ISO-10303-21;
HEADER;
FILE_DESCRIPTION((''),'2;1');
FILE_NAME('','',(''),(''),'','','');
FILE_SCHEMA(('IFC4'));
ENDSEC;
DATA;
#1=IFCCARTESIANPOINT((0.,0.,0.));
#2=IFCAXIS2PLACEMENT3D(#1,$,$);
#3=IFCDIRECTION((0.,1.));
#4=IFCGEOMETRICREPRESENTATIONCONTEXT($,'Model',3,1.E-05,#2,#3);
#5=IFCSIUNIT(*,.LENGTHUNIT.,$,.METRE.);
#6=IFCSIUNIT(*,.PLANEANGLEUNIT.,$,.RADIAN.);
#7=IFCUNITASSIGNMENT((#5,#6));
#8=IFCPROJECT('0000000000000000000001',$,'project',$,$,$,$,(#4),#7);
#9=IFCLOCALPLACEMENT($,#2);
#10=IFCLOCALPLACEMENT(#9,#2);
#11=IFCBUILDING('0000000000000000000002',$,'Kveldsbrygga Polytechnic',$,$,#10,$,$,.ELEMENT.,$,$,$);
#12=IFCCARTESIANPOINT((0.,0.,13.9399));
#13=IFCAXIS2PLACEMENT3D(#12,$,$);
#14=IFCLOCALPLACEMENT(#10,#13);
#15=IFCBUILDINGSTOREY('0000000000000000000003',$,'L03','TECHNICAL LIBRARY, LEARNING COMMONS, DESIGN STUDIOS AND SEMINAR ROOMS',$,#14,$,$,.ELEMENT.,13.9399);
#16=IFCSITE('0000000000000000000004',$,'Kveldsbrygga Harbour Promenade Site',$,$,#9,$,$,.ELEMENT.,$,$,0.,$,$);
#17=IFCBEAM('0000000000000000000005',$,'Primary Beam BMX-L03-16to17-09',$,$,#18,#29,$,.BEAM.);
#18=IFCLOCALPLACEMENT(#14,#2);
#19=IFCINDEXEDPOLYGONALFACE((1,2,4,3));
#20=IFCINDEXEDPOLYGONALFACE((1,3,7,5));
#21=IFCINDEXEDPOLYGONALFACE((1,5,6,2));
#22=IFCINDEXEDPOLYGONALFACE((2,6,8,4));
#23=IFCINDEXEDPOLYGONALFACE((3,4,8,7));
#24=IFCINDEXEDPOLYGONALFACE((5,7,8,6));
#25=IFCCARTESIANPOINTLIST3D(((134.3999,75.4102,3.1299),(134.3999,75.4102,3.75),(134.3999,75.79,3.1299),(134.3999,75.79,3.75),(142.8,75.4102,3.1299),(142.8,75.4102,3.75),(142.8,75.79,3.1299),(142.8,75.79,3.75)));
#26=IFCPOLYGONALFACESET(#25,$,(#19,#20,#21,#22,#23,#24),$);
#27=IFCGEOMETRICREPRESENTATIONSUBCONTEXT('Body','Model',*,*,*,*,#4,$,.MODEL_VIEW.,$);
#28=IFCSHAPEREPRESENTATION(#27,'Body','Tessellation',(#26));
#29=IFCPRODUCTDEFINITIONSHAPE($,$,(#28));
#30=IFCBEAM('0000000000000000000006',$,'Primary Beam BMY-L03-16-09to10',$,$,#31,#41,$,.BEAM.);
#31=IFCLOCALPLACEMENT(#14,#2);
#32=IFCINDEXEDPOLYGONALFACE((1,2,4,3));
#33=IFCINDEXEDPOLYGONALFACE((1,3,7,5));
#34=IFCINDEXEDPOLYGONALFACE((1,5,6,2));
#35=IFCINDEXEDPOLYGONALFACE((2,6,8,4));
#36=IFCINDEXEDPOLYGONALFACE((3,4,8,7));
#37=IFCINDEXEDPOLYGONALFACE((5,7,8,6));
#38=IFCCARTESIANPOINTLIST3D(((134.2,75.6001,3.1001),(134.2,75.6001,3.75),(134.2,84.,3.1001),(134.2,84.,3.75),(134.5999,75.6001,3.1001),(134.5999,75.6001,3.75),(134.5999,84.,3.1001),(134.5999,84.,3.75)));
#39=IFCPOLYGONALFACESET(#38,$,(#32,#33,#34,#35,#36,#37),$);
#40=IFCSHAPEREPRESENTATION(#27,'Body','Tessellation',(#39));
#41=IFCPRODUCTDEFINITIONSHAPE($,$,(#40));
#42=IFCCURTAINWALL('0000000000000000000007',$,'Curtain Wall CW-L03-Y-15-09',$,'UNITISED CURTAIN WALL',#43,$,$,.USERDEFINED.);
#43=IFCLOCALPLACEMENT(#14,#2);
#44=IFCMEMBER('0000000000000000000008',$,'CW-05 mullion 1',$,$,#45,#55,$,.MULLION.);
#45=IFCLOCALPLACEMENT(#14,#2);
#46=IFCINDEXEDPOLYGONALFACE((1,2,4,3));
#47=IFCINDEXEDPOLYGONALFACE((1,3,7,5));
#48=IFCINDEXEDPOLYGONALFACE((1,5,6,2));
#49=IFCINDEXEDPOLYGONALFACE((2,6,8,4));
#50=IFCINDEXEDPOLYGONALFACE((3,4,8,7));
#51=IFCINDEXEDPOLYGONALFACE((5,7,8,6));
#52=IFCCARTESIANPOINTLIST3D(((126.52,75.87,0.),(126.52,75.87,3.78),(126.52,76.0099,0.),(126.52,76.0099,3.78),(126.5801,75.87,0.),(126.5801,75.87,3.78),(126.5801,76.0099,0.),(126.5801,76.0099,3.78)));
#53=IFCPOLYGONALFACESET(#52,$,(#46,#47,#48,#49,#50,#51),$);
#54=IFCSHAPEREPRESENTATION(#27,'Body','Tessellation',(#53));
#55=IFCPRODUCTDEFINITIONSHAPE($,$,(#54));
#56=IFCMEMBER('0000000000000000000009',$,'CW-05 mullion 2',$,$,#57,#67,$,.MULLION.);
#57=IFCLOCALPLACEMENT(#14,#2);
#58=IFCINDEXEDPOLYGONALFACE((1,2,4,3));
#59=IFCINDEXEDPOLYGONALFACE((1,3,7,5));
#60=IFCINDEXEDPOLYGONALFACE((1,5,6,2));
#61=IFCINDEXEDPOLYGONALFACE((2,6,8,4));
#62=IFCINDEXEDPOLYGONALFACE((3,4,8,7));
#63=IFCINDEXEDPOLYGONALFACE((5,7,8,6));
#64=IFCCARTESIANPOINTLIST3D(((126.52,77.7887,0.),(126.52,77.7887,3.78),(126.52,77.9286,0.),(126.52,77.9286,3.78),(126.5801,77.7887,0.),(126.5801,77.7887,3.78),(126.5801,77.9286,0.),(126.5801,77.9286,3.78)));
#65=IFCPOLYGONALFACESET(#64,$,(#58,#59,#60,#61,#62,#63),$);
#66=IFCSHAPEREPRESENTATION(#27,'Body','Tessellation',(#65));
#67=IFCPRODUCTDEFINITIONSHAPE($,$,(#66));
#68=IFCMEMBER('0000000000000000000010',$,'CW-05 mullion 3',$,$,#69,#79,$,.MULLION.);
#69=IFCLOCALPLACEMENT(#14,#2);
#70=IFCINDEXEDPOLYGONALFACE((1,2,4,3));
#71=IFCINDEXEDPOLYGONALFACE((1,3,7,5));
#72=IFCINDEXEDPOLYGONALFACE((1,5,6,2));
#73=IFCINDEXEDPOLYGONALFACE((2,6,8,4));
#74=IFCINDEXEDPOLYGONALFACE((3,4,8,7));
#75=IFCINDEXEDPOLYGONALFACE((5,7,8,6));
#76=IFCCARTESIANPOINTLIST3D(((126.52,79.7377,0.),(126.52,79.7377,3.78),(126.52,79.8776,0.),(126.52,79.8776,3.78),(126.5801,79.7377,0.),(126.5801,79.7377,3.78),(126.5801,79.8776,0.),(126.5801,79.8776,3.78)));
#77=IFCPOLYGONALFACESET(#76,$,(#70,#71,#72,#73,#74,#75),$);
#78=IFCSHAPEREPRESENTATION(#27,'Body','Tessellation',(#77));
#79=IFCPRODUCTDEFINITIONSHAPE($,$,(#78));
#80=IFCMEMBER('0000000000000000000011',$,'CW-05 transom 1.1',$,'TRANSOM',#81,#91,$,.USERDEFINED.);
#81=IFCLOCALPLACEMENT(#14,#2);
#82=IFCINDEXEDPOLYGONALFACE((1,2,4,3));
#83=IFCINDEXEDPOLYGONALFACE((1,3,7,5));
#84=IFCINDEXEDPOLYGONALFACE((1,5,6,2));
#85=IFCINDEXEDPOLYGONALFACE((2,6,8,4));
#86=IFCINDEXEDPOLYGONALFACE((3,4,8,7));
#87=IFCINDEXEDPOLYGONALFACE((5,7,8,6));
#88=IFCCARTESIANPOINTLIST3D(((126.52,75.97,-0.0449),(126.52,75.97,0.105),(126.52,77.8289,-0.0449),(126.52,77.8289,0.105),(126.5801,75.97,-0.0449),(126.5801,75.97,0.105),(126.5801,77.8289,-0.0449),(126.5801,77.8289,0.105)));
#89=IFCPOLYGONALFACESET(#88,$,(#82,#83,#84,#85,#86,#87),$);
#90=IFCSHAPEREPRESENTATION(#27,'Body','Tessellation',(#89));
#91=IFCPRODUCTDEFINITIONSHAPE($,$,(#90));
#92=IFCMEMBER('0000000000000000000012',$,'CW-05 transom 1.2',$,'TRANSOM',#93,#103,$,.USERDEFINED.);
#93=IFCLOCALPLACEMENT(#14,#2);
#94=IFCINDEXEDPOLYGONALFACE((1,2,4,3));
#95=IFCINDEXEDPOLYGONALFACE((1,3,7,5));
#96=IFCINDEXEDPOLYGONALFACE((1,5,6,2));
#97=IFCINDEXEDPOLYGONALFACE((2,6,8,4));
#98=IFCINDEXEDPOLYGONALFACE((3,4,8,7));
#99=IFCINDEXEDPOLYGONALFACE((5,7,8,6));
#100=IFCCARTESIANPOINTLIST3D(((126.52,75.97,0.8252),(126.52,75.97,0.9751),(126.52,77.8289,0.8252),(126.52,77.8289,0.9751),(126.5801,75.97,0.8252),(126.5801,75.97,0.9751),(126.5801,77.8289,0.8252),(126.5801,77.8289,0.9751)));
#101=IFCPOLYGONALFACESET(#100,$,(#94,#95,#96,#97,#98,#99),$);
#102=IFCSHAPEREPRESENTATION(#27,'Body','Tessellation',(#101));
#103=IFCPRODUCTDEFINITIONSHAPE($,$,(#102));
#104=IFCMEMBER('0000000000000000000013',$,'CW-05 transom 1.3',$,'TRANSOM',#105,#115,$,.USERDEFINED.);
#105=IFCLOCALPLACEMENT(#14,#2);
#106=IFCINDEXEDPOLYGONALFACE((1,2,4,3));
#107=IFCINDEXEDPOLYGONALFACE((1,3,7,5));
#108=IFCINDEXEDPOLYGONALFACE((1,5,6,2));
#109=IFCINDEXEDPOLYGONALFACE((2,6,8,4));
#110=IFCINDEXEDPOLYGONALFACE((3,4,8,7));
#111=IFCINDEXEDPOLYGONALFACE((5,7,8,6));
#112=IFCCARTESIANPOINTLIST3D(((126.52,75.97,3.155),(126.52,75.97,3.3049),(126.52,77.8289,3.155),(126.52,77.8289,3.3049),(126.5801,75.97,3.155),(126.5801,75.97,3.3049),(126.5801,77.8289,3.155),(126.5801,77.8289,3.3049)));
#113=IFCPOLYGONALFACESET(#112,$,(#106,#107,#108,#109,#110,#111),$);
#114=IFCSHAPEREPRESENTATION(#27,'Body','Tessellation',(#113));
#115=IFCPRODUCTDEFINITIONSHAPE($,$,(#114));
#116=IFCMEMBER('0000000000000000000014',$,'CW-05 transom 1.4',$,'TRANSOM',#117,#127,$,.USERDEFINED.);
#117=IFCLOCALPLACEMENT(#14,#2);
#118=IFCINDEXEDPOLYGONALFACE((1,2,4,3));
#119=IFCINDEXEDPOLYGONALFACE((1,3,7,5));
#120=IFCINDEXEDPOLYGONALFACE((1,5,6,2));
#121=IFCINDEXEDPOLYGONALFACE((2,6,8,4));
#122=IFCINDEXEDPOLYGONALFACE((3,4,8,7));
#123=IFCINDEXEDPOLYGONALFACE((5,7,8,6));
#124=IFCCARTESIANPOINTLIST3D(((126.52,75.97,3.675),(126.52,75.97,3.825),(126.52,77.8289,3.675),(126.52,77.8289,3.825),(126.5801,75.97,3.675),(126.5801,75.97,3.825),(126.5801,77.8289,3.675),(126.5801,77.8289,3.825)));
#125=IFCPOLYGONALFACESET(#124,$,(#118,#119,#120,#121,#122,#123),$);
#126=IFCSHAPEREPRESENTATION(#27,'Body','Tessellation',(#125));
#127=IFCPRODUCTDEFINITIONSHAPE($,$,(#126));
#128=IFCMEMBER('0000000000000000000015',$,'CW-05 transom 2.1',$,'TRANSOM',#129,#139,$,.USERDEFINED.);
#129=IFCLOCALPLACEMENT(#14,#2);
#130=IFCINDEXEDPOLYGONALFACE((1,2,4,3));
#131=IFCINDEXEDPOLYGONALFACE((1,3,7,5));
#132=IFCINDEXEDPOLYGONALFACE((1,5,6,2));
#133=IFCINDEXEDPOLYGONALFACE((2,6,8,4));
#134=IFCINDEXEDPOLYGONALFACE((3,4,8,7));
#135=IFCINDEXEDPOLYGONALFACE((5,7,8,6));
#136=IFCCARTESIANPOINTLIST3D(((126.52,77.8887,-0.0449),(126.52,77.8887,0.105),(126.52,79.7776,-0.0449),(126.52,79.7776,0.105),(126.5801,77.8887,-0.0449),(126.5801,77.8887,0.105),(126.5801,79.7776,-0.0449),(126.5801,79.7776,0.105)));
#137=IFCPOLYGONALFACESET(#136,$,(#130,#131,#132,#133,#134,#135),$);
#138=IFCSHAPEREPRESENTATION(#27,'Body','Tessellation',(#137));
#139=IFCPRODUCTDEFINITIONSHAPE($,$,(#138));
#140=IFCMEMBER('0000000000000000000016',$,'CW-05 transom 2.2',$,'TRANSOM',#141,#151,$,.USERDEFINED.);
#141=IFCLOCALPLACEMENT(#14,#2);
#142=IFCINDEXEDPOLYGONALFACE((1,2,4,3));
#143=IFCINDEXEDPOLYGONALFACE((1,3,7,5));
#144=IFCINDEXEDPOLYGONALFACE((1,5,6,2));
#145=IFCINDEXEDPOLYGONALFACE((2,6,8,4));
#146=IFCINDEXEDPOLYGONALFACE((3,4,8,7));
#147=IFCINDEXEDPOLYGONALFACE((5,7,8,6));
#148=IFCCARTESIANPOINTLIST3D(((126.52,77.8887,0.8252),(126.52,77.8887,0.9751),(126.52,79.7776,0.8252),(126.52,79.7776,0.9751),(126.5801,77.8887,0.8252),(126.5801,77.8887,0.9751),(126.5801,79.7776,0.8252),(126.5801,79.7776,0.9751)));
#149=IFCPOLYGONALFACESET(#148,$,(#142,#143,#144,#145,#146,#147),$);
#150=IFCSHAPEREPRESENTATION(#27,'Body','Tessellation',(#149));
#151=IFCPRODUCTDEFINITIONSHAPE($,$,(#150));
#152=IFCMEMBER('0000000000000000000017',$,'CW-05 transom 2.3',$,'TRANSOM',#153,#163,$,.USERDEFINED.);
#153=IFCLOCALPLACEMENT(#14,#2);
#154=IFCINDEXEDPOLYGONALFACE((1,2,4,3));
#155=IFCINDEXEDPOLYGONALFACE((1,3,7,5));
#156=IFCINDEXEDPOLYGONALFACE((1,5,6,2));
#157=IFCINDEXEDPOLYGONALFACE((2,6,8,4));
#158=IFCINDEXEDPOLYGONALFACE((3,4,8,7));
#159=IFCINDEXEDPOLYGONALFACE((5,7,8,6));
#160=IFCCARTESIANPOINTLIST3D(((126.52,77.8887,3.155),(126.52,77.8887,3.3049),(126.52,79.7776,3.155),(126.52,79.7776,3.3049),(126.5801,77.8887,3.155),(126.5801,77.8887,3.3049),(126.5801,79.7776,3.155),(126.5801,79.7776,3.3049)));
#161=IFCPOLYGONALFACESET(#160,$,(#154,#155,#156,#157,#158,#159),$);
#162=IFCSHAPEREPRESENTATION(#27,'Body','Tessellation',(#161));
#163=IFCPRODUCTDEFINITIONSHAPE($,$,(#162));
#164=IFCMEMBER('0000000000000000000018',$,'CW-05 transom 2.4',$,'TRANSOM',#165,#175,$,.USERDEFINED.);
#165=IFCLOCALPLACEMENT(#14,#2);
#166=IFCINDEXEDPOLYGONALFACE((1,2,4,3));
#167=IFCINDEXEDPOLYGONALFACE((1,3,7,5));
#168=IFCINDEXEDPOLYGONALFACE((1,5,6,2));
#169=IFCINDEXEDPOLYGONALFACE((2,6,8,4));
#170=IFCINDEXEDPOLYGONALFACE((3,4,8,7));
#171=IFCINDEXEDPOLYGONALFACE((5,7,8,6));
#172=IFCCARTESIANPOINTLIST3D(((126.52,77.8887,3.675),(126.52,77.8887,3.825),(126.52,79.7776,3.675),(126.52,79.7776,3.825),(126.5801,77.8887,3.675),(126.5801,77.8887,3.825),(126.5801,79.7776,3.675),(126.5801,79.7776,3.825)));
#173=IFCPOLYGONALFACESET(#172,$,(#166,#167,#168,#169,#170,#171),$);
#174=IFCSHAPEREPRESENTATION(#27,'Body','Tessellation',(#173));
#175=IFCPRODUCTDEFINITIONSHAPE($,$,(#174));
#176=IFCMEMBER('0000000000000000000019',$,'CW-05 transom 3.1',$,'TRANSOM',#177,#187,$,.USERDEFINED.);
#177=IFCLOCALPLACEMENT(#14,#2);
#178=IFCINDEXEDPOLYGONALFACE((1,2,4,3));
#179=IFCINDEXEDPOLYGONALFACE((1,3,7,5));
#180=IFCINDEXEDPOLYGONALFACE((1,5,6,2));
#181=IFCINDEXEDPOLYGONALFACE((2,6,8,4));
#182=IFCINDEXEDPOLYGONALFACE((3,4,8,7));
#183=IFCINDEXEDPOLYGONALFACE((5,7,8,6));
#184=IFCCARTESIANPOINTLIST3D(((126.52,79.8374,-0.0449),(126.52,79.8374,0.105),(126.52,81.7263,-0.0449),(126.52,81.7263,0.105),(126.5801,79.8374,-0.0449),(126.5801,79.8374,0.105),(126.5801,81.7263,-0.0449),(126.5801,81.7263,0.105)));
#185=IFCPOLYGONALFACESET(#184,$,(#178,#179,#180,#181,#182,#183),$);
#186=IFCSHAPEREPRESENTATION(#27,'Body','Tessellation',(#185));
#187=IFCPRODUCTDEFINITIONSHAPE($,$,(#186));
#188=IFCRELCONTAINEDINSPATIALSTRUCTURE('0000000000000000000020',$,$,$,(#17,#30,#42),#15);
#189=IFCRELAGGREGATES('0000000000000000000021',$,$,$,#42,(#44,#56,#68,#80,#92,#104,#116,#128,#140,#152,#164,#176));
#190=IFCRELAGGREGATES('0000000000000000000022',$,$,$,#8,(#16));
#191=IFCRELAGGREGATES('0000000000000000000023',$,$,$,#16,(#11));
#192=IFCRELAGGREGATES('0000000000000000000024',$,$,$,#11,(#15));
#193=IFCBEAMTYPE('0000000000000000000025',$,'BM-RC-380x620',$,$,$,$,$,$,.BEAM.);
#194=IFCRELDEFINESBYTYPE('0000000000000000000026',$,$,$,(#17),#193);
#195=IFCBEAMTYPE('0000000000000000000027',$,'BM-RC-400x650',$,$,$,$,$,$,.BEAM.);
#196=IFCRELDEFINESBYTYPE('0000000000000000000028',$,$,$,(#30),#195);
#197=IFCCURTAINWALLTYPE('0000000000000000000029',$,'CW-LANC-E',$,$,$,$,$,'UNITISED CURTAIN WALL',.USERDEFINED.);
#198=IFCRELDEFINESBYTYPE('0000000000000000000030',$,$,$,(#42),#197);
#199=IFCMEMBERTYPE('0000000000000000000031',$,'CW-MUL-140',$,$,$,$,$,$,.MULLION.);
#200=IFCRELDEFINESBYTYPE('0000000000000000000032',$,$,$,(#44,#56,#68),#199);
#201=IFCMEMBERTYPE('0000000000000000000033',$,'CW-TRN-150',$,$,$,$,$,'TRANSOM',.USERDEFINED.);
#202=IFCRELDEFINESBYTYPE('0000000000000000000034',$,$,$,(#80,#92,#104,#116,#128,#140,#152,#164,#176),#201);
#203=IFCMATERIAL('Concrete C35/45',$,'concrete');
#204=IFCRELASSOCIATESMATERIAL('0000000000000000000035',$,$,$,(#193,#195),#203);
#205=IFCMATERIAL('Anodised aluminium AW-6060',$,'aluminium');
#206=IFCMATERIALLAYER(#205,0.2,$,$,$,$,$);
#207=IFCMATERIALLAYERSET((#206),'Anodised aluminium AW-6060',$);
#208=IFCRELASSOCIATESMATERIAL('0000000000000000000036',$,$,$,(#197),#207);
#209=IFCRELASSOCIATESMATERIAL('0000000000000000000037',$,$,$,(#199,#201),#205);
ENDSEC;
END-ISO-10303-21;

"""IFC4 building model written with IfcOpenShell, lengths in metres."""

from ifc_helpers import new_model, si_unit, direction, frame, origin, origin_2d, place, context, subcontext, project, spatial, rectangle, extrude, material, layer, layer_set, material_profile, profile_set, type_object, element, aggregate, save


model = new_model("IFC4")

# Units and contexts
model_context = context("Model", 3, precision=1e-05, world=origin(), true_north=direction((0.0, 1.0)))
body_context = subcontext(model_context, "Body", "Model", "MODEL_VIEW")
ifc_project = project(units=[si_unit("LENGTHUNIT", "METRE"), si_unit("PLANEANGLEUNIT", "RADIAN")], contexts=[model_context])

# Site, building, storey
site_placement = place(None, origin())
site = spatial("IfcSite", under=ifc_project, at=site_placement, Name="Kveldsbrygga Harbour Promenade Site", CompositionType="ELEMENT", RefElevation=0.0)
building_placement = place(site_placement, origin())
building = spatial("IfcBuilding", under=site, at=building_placement, Name="Kveldsbrygga Polytechnic", CompositionType="ELEMENT")
storey_placement = place(building_placement, frame((0.0, 0.0, 13.9399)))
storey = spatial("IfcBuildingStorey", under=building, at=storey_placement, Name="L03", Description="TECHNICAL LIBRARY, LEARNING COMMONS, DESIGN STUDIOS AND SEMINAR ROOMS", CompositionType="ELEMENT", Elevation=13.9399)

# Beams
ifc_material_1 = material(Name="Concrete C35/45", Category="concrete")
ifc_material_profile_1 = material_profile(ifc_material_1, rectangle(XDim=0.3799, YDim=0.6201, at=origin_2d()), Name="RC 380x620")
ifc_profile_set_1 = profile_set([ifc_material_profile_1], Name="Concrete C35/45")
beam_type_1 = type_object("IfcBeamType", Name="BM-RC-380x620", PredefinedType="BEAM", material=ifc_profile_set_1)
beam_1_placement = place(storey_placement, frame((134.3999, 75.6001, 3.4399), z_axis=(1.0, 0.0, 0.0), x_axis=(0.0, 1.0, 0.0)))
element("IfcBeam", 1, at=beam_1_placement, inside=storey, type_object=beam_type_1, Name="Primary Beam BMX-L03-16to17-09", PredefinedType="BEAM", context=body_context, shape_type="SweptSolid", body=[
    extrude(rectangle(XDim=0.3799, YDim=0.6201, at=origin_2d()), origin(), (0.0, 0.0, 1.0), 8.4001),
])
ifc_material_profile_2 = material_profile(ifc_material_1, rectangle(XDim=0.3999, YDim=0.6499, at=origin_2d()), Name="RC 400x650")
ifc_profile_set_2 = profile_set([ifc_material_profile_2], Name="Concrete C35/45")
beam_type_2 = type_object("IfcBeamType", Name="BM-RC-400x650", PredefinedType="BEAM", material=ifc_profile_set_2)
beam_2_placement = place(storey_placement, frame((134.3999, 75.6001, 3.425), z_axis=(0.0, 1.0, 0.0), x_axis=(-1.0, 0.0, 0.0)))
element("IfcBeam", 2, at=beam_2_placement, inside=storey, type_object=beam_type_2, Name="Primary Beam BMY-L03-16-09to10", PredefinedType="BEAM", context=body_context, shape_type="SweptSolid", body=[
    extrude(rectangle(XDim=0.3999, YDim=0.6499, at=origin_2d()), origin(), (0.0, 0.0, 1.0), 8.3999),
])

# Curtain wall, members
ifc_material_2 = material(Name="Anodised aluminium AW-6060", Category="aluminium")
ifc_layer_1 = layer(ifc_material_2, 0.2)
ifc_layer_set_1 = layer_set([ifc_layer_1], Name="Anodised aluminium AW-6060")
curtain_wall_type = type_object("IfcCurtainWallType", Name="CW-LANC-E", ElementType="UNITISED CURTAIN WALL", PredefinedType="USERDEFINED", material=ifc_layer_set_1)
curtain_wall_placement = place(storey_placement, origin())
curtain_wall = element("IfcCurtainWall", 3, at=curtain_wall_placement, inside=storey, type_object=curtain_wall_type, Name="Curtain Wall CW-L03-Y-15-09", ObjectType="UNITISED CURTAIN WALL", PredefinedType="USERDEFINED")
ifc_material_profile_3 = material_profile(ifc_material_2, rectangle(XDim=0.0601, YDim=0.1399, at=origin_2d()), Name="ALU 60x140")
ifc_profile_set_3 = profile_set([ifc_material_profile_3], Name="Anodised aluminium AW-6060")
member_type_1 = type_object("IfcMemberType", Name="CW-MUL-140", PredefinedType="MULLION", material=ifc_profile_set_3)
member_1_placement = place(storey_placement, frame((126.55, 75.9399, 0.0), z_axis=(0.0, 0.0, 1.0), x_axis=(-1.0, 0.0, 0.0)))
member_1 = element("IfcMember", 4, at=member_1_placement, type_object=member_type_1, Name="CW-05 mullion 1", PredefinedType="MULLION", context=body_context, shape_type="SweptSolid", body=[
    extrude(rectangle(XDim=0.0601, YDim=0.1399, at=origin_2d()), origin(), (0.0, 0.0, 1.0), 3.78),
])
member_2_placement = place(storey_placement, frame((126.55, 77.8586, 0.0), z_axis=(0.0, 0.0, 1.0), x_axis=(-1.0, 0.0, 0.0)))
member_2 = element("IfcMember", 5, at=member_2_placement, type_object=member_type_1, Name="CW-05 mullion 2", PredefinedType="MULLION", context=body_context, shape_type="SweptSolid", body=[
    extrude(rectangle(XDim=0.0601, YDim=0.1399, at=origin_2d()), origin(), (0.0, 0.0, 1.0), 3.78),
])
member_3_placement = place(storey_placement, frame((126.55, 79.8076, 0.0), z_axis=(0.0, 0.0, 1.0), x_axis=(-1.0, 0.0, 0.0)))
member_3 = element("IfcMember", 6, at=member_3_placement, type_object=member_type_1, Name="CW-05 mullion 3", PredefinedType="MULLION", context=body_context, shape_type="SweptSolid", body=[
    extrude(rectangle(XDim=0.0601, YDim=0.1399, at=origin_2d()), origin(), (0.0, 0.0, 1.0), 3.78),
])
ifc_material_profile_4 = material_profile(ifc_material_2, rectangle(XDim=0.0601, YDim=0.1499, at=origin_2d()), Name="ALU 60x150")
ifc_profile_set_4 = profile_set([ifc_material_profile_4], Name="Anodised aluminium AW-6060")
member_type_2 = type_object("IfcMemberType", Name="CW-TRN-150", ElementType="TRANSOM", PredefinedType="USERDEFINED", material=ifc_profile_set_4)
member_4_placement = place(storey_placement, frame((126.55, 75.97, 0.03), z_axis=(0.0, 1.0, 0.0), x_axis=(-1.0, 0.0, 0.0)))
member_4 = element("IfcMember", 7, at=member_4_placement, type_object=member_type_2, Name="CW-05 transom 1.1", ObjectType="TRANSOM", PredefinedType="USERDEFINED", context=body_context, shape_type="SweptSolid", body=[
    extrude(rectangle(XDim=0.0601, YDim=0.1499, at=origin_2d()), origin(), (0.0, 0.0, 1.0), 1.8589),
])
member_5_placement = place(storey_placement, frame((126.55, 75.97, 0.9001), z_axis=(0.0, 1.0, 0.0), x_axis=(-1.0, 0.0, 0.0)))
member_5 = element("IfcMember", 8, at=member_5_placement, type_object=member_type_2, Name="CW-05 transom 1.2", ObjectType="TRANSOM", PredefinedType="USERDEFINED", context=body_context, shape_type="SweptSolid", body=[
    extrude(rectangle(XDim=0.0601, YDim=0.1499, at=origin_2d()), origin(), (0.0, 0.0, 1.0), 1.8589),
])
member_6_placement = place(storey_placement, frame((126.55, 75.97, 3.23), z_axis=(0.0, 1.0, 0.0), x_axis=(-1.0, 0.0, 0.0)))
member_6 = element("IfcMember", 9, at=member_6_placement, type_object=member_type_2, Name="CW-05 transom 1.3", ObjectType="TRANSOM", PredefinedType="USERDEFINED", context=body_context, shape_type="SweptSolid", body=[
    extrude(rectangle(XDim=0.0601, YDim=0.1499, at=origin_2d()), origin(), (0.0, 0.0, 1.0), 1.8589),
])
member_7_placement = place(storey_placement, frame((126.55, 75.97, 3.75), z_axis=(0.0, 1.0, 0.0), x_axis=(-1.0, 0.0, 0.0)))
member_7 = element("IfcMember", 10, at=member_7_placement, type_object=member_type_2, Name="CW-05 transom 1.4", ObjectType="TRANSOM", PredefinedType="USERDEFINED", context=body_context, shape_type="SweptSolid", body=[
    extrude(rectangle(XDim=0.0601, YDim=0.1499, at=origin_2d()), origin(), (0.0, 0.0, 1.0), 1.8589),
])
member_8_placement = place(storey_placement, frame((126.55, 77.8887, 0.03), z_axis=(0.0, 1.0, 0.0), x_axis=(-1.0, 0.0, 0.0)))
member_8 = element("IfcMember", 11, at=member_8_placement, type_object=member_type_2, Name="CW-05 transom 2.1", ObjectType="TRANSOM", PredefinedType="USERDEFINED", context=body_context, shape_type="SweptSolid", body=[
    extrude(rectangle(XDim=0.0601, YDim=0.1499, at=origin_2d()), origin(), (0.0, 0.0, 1.0), 1.8889),
])
member_9_placement = place(storey_placement, frame((126.55, 77.8887, 0.9001), z_axis=(0.0, 1.0, 0.0), x_axis=(-1.0, 0.0, 0.0)))
member_9 = element("IfcMember", 12, at=member_9_placement, type_object=member_type_2, Name="CW-05 transom 2.2", ObjectType="TRANSOM", PredefinedType="USERDEFINED", context=body_context, shape_type="SweptSolid", body=[
    extrude(rectangle(XDim=0.0601, YDim=0.1499, at=origin_2d()), origin(), (0.0, 0.0, 1.0), 1.8889),
])
member_10_placement = place(storey_placement, frame((126.55, 77.8887, 3.23), z_axis=(0.0, 1.0, 0.0), x_axis=(-1.0, 0.0, 0.0)))
member_10 = element("IfcMember", 13, at=member_10_placement, type_object=member_type_2, Name="CW-05 transom 2.3", ObjectType="TRANSOM", PredefinedType="USERDEFINED", context=body_context, shape_type="SweptSolid", body=[
    extrude(rectangle(XDim=0.0601, YDim=0.1499, at=origin_2d()), origin(), (0.0, 0.0, 1.0), 1.8889),
])
member_11_placement = place(storey_placement, frame((126.55, 77.8887, 3.75), z_axis=(0.0, 1.0, 0.0), x_axis=(-1.0, 0.0, 0.0)))
member_11 = element("IfcMember", 14, at=member_11_placement, type_object=member_type_2, Name="CW-05 transom 2.4", ObjectType="TRANSOM", PredefinedType="USERDEFINED", context=body_context, shape_type="SweptSolid", body=[
    extrude(rectangle(XDim=0.0601, YDim=0.1499, at=origin_2d()), origin(), (0.0, 0.0, 1.0), 1.8889),
])
member_12_placement = place(storey_placement, frame((126.55, 79.8374, 0.03), z_axis=(0.0, 1.0, 0.0), x_axis=(-1.0, 0.0, 0.0)))
member_12 = element("IfcMember", 15, at=member_12_placement, type_object=member_type_2, Name="CW-05 transom 3.1", ObjectType="TRANSOM", PredefinedType="USERDEFINED", context=body_context, shape_type="SweptSolid", body=[
    extrude(rectangle(XDim=0.0601, YDim=0.1499, at=origin_2d()), origin(), (0.0, 0.0, 1.0), 1.8889),
])
aggregate(curtain_wall, [member_1, member_2, member_3, member_4, member_5, member_6, member_7, member_8, member_9, member_10, member_11, member_12])

save(model, "model.ifc")
